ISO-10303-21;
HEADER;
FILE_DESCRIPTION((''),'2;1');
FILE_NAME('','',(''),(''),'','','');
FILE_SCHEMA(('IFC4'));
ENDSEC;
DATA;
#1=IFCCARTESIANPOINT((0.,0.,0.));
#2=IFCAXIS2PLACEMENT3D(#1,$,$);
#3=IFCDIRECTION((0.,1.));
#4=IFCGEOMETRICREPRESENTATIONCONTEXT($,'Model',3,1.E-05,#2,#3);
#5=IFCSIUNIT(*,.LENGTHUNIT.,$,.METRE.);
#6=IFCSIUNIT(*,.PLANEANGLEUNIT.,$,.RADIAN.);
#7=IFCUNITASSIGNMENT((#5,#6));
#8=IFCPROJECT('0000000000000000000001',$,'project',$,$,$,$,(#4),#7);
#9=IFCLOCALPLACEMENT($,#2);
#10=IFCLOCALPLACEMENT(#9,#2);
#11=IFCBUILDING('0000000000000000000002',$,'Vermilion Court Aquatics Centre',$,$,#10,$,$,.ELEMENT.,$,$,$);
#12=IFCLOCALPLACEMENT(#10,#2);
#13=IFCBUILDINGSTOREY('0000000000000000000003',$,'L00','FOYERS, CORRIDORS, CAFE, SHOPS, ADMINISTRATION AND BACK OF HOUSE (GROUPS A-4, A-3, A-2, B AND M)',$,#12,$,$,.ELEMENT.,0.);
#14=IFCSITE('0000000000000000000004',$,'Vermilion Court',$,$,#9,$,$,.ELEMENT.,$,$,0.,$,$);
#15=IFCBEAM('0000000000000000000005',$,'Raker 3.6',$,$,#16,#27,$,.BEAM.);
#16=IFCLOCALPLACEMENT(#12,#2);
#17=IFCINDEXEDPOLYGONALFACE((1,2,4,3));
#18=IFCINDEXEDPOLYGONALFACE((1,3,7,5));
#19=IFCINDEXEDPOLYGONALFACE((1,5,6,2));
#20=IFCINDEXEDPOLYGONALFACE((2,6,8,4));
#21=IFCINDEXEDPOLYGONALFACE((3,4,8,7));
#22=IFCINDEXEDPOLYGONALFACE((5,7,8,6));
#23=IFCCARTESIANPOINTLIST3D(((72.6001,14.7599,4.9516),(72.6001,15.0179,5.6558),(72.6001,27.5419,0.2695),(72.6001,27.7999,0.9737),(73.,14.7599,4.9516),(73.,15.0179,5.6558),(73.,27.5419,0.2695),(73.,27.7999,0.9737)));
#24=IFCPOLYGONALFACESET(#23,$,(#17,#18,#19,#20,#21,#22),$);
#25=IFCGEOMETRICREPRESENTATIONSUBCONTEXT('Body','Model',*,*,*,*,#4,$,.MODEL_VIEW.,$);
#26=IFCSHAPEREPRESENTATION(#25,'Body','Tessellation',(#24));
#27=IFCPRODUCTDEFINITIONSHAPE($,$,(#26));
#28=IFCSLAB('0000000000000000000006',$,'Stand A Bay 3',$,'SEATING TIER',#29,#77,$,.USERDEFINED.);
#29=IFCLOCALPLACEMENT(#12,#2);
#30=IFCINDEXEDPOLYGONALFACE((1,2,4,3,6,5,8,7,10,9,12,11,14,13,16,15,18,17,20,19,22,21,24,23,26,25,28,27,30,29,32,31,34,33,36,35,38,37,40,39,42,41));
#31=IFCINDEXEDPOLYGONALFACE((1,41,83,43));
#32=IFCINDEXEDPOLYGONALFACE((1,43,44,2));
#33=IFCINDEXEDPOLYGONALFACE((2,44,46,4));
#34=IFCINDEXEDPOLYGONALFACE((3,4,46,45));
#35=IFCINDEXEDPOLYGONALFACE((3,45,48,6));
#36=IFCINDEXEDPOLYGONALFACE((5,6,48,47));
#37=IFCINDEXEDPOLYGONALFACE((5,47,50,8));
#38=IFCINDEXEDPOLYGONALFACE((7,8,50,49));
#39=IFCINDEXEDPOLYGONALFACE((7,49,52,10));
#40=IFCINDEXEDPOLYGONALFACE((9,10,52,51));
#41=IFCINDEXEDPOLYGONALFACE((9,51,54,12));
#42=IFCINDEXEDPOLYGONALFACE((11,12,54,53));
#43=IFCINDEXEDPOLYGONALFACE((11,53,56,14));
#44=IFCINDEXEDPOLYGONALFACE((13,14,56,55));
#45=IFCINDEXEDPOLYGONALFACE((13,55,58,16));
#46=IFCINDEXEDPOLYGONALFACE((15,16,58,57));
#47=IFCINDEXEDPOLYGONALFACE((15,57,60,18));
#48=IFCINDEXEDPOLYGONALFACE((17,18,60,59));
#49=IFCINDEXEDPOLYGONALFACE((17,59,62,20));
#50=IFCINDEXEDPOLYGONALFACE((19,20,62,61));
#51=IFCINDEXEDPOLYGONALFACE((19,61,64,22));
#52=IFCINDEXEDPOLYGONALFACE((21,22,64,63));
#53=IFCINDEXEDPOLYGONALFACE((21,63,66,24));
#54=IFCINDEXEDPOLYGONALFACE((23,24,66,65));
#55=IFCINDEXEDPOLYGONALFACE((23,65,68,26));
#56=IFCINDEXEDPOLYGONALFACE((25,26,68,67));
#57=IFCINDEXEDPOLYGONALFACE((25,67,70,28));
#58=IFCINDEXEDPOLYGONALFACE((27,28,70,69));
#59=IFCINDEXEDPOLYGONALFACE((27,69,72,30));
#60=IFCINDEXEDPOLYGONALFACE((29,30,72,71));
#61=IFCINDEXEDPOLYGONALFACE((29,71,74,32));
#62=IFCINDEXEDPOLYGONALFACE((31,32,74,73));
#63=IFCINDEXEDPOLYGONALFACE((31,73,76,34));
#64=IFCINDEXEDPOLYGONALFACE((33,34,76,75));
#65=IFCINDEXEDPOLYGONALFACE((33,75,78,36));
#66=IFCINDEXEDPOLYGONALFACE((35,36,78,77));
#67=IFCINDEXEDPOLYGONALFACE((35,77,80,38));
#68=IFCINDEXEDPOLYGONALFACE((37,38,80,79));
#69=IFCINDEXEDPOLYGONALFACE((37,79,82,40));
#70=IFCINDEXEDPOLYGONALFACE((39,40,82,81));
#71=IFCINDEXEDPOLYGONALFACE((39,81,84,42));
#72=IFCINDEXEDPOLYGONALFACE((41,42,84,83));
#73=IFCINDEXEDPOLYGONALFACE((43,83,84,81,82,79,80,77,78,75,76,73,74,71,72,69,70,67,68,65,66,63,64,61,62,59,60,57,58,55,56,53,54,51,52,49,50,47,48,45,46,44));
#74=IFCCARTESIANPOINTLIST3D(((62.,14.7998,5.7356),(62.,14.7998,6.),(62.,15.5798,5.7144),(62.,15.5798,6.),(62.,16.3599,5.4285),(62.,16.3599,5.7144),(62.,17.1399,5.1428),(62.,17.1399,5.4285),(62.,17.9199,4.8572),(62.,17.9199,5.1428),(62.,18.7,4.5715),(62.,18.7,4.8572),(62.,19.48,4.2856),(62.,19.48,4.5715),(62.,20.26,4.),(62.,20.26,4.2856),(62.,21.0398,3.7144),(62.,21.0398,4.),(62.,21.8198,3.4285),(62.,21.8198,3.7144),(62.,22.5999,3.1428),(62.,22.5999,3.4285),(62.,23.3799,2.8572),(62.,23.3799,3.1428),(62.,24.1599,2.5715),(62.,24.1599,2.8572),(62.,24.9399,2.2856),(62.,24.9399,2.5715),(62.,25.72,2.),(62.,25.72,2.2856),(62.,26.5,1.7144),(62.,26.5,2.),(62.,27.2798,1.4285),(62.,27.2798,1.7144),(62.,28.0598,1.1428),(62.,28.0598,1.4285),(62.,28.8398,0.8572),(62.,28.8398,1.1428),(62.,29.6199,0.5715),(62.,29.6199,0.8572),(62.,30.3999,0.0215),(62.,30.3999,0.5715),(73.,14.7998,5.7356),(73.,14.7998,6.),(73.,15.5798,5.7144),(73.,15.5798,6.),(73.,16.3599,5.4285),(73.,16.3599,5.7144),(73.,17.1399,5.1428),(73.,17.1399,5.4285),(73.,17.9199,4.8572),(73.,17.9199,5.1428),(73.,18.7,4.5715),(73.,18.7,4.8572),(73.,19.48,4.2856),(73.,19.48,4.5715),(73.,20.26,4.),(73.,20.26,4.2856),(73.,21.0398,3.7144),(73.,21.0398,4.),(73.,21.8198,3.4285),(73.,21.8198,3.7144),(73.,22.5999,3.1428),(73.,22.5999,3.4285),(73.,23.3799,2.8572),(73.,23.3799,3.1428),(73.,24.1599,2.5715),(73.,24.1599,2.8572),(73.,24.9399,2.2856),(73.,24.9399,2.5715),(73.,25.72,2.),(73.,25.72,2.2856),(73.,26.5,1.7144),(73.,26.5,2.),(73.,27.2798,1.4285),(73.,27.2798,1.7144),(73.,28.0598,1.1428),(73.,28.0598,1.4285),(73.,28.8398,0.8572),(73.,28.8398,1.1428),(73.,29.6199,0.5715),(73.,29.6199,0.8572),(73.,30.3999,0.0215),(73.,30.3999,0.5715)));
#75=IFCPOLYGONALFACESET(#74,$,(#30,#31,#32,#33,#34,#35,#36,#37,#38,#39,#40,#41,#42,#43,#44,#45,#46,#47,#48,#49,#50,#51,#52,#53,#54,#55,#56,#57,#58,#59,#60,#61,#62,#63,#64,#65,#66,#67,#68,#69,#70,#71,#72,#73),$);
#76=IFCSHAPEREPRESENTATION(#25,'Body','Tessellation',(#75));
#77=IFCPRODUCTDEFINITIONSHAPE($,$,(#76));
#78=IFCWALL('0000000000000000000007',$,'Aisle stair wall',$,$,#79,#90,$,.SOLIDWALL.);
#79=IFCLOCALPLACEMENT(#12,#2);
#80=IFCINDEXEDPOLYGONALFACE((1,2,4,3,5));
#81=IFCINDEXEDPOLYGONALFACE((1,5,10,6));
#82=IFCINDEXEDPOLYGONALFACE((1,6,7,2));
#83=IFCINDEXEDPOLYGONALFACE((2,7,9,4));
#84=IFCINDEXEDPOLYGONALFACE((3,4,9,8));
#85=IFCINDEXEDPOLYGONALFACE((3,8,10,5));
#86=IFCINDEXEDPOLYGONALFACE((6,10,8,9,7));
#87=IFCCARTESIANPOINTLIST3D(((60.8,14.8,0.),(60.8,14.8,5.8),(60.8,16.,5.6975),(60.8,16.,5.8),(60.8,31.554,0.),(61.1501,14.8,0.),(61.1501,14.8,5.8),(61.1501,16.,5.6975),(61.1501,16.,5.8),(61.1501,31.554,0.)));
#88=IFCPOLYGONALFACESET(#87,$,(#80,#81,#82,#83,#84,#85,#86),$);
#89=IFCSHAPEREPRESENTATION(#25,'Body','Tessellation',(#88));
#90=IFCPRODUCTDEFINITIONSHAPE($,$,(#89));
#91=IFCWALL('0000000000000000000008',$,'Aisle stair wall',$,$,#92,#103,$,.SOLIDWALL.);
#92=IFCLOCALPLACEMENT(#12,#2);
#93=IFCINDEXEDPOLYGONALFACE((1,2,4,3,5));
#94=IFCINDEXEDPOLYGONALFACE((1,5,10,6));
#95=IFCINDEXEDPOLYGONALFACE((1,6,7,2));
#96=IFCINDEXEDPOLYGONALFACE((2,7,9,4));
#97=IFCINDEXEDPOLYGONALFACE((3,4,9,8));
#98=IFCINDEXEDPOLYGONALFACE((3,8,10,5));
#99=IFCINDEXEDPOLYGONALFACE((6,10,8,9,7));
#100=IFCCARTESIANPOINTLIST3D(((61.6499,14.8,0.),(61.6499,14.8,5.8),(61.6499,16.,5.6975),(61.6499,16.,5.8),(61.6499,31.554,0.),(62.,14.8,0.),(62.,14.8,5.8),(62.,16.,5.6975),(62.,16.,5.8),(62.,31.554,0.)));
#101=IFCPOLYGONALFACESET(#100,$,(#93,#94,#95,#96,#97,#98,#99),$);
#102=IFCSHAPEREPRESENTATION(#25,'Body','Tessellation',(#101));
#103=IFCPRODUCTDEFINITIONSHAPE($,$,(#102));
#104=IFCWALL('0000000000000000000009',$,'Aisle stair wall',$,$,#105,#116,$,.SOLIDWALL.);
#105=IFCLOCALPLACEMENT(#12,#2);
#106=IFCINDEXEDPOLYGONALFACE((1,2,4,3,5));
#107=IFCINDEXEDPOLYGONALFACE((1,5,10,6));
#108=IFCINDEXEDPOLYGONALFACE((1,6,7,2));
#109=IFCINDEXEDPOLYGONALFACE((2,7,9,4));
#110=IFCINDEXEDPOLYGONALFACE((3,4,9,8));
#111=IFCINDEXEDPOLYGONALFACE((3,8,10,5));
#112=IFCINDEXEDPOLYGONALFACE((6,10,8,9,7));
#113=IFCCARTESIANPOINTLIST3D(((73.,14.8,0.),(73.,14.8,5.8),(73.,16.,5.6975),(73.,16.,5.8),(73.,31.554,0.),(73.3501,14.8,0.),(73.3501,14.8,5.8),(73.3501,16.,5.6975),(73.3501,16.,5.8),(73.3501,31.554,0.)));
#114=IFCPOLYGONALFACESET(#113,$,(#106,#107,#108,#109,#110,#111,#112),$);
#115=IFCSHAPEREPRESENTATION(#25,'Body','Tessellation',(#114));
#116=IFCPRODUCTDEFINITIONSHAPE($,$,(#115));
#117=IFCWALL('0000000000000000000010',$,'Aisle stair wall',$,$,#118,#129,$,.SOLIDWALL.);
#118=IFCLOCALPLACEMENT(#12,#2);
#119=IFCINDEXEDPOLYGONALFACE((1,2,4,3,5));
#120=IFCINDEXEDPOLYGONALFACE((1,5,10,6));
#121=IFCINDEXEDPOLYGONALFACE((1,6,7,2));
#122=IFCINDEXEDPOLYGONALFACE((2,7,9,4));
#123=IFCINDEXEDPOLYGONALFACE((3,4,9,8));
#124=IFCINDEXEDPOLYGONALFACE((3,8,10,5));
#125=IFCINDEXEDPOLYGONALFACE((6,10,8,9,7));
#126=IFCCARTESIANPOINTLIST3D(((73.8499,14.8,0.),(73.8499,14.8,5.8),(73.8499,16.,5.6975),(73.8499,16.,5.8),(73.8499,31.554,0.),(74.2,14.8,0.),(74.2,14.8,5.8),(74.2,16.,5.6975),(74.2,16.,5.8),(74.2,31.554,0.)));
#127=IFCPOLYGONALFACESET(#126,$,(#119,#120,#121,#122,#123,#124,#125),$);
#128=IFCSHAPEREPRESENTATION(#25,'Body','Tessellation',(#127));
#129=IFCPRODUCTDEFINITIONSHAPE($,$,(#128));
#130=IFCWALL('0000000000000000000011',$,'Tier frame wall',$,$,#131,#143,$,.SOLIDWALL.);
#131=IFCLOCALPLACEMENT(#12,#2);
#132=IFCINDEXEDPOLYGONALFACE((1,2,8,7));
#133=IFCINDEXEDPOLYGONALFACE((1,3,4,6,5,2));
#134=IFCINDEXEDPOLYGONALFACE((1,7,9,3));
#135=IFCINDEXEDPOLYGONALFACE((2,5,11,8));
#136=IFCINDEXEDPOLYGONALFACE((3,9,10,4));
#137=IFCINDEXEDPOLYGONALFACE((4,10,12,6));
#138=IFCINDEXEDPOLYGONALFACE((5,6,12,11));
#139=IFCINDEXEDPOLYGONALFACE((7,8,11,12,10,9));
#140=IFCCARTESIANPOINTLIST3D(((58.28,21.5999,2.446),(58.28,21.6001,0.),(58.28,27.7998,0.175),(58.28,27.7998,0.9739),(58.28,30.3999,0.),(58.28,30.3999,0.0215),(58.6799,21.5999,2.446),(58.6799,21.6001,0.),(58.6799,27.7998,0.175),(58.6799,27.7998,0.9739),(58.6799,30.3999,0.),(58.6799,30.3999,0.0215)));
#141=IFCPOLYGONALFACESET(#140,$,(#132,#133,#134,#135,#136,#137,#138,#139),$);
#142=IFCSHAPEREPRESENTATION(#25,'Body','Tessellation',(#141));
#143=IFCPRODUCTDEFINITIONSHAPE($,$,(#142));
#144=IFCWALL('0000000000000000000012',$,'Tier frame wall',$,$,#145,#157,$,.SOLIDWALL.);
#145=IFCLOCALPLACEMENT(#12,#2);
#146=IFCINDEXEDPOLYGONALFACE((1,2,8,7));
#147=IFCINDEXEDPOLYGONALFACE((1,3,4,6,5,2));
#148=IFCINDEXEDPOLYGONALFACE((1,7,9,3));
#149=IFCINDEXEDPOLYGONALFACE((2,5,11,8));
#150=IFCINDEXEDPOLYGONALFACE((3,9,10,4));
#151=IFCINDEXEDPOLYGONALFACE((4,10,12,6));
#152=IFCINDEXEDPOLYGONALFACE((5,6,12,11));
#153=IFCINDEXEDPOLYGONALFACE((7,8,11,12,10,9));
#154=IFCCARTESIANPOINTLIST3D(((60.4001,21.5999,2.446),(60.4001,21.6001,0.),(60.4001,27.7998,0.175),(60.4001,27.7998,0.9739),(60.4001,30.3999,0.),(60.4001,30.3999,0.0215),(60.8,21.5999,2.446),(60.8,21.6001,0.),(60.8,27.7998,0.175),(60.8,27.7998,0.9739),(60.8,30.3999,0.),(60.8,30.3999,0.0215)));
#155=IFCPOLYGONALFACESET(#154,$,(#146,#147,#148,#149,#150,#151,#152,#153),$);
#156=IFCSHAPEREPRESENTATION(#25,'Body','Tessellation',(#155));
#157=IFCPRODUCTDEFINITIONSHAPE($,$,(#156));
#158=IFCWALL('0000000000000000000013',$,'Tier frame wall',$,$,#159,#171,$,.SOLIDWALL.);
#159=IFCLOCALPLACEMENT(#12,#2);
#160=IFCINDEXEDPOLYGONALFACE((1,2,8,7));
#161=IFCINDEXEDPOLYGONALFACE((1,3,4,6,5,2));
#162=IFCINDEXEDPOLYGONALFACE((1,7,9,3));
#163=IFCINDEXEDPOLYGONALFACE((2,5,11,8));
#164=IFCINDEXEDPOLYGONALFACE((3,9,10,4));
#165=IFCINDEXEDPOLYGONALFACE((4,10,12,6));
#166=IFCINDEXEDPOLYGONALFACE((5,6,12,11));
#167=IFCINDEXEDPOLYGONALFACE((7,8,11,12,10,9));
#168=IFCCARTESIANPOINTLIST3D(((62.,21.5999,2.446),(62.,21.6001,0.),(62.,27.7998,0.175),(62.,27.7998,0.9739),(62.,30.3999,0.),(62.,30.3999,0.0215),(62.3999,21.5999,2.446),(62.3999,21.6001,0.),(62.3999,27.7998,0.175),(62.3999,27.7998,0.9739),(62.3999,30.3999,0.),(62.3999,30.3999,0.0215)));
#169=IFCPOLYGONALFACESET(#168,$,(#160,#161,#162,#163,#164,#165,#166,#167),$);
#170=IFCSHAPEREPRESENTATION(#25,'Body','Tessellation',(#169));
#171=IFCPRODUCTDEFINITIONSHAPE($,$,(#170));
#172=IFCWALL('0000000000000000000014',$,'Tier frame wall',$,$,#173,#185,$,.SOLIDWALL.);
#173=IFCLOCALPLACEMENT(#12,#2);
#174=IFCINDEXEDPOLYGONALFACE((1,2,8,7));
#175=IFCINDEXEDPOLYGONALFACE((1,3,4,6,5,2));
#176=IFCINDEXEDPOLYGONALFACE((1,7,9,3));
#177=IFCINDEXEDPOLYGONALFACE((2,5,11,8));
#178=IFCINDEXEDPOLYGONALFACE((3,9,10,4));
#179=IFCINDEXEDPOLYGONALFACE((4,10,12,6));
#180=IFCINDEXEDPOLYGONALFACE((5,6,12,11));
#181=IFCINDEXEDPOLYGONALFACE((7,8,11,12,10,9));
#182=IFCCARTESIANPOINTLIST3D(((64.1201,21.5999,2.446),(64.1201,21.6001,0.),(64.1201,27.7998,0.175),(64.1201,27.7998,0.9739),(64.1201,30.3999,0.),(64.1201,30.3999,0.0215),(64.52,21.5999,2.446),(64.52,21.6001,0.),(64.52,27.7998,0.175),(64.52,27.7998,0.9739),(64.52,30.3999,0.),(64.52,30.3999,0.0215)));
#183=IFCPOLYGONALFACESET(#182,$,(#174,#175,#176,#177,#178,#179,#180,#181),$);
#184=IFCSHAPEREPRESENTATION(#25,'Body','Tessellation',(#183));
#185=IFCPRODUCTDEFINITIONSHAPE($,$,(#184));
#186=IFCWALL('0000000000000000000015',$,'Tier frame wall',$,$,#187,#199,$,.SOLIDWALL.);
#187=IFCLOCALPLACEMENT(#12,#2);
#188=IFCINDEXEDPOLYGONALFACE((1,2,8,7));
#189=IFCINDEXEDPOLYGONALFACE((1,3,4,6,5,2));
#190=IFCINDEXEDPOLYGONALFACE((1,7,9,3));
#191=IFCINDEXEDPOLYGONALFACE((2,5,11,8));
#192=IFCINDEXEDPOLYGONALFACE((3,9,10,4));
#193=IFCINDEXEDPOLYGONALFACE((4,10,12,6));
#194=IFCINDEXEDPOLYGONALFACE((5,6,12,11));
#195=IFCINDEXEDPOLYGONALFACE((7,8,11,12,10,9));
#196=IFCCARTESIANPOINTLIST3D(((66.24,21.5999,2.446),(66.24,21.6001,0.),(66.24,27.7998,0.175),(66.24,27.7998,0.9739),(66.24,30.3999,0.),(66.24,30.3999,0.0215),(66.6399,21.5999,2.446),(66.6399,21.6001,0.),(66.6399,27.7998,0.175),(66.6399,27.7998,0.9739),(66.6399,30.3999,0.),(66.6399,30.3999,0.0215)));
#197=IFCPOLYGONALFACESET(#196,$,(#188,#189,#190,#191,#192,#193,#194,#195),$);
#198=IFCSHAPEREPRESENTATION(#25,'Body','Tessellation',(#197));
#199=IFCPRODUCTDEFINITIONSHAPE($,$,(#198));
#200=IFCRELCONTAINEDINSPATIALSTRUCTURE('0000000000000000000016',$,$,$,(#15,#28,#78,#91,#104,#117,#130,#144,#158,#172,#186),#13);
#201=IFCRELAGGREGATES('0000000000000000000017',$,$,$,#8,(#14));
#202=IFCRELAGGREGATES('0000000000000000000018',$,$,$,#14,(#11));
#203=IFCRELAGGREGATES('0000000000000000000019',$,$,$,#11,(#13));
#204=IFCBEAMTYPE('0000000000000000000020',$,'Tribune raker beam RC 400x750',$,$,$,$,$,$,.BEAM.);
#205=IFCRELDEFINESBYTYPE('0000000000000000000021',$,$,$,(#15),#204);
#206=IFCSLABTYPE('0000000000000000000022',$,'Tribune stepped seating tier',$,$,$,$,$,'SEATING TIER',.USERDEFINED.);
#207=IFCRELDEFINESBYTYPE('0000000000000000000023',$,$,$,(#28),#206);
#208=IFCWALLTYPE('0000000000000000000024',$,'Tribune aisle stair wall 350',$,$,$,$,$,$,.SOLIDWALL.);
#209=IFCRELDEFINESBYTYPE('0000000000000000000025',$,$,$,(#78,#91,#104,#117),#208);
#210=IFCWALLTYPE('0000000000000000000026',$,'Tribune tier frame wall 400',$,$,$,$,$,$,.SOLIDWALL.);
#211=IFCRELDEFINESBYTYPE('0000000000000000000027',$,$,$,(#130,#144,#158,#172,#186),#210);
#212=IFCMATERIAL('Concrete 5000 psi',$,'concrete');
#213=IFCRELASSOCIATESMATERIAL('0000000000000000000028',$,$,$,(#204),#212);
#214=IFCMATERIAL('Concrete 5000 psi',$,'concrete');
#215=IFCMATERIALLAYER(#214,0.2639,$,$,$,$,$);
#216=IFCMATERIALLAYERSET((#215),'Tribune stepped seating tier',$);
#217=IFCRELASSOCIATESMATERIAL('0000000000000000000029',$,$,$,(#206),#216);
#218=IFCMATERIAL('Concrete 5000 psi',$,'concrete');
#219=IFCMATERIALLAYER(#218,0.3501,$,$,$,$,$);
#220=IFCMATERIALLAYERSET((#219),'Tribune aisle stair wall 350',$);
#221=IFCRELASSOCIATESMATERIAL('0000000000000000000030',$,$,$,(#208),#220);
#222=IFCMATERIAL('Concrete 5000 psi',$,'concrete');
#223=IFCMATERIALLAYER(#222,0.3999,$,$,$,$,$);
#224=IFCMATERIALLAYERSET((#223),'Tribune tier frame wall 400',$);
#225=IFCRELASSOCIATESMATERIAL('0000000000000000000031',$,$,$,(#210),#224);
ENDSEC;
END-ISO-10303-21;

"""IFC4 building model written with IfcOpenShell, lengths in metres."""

from ifc_helpers import new_model, si_unit, direction, frame, origin, origin_2d, place, context, subcontext, project, spatial, polyline, rectangle, outline, extrude, material, layer, layer_set, material_profile, profile_set, type_object, element, save


model = new_model("IFC4")

# Units and contexts
model_context = context("Model", 3, precision=1e-05, world=origin(), true_north=direction((0.0, 1.0)))
body_context = subcontext(model_context, "Body", "Model", "MODEL_VIEW")
ifc_project = project(units=[si_unit("LENGTHUNIT", "METRE"), si_unit("PLANEANGLEUNIT", "RADIAN")], contexts=[model_context])

# Site, building, storey
site_placement = place(None, origin())
site = spatial("IfcSite", under=ifc_project, at=site_placement, Name="Vermilion Court", CompositionType="ELEMENT", RefElevation=0.0)
building_placement = place(site_placement, origin())
building = spatial("IfcBuilding", under=site, at=building_placement, Name="Vermilion Court Aquatics Centre", CompositionType="ELEMENT")
storey_placement = place(building_placement, origin())
storey = spatial("IfcBuildingStorey", under=building, at=storey_placement, Name="L00", Description="FOYERS, CORRIDORS, CAFE, SHOPS, ADMINISTRATION AND BACK OF HOUSE (GROUPS A-4, A-3, A-2, B AND M)", CompositionType="ELEMENT", Elevation=0.0)

# Beam
ifc_material_1 = material(Name="Concrete 5000 psi", Category="concrete")
ifc_material_profile = material_profile(ifc_material_1, rectangle(XDim=0.3999, YDim=0.75, at=origin_2d()), Name="RC 400x750")
ifc_profile_set = profile_set([ifc_material_profile], Name="Concrete 5000 psi")
beam_type = type_object("IfcBeamType", Name="Tribune raker beam RC 400x750", PredefinedType="BEAM", material=ifc_profile_set)
beam_placement = place(storey_placement, frame((72.8, 27.6709, 0.6216), z_axis=(0.0, -0.938985, 0.343957), x_axis=(1.0, 0.0, 0.0)))
element("IfcBeam", 1, at=beam_placement, inside=storey, type_object=beam_type, Name="Raker 3.6", PredefinedType="BEAM", context=body_context, shape_type="SweptSolid", body=[
    extrude(rectangle(XDim=0.3999, YDim=0.75, at=origin_2d()), origin(), (0.0, 0.0, 1.0), 13.6125),
])

# Slab
ifc_material_2 = material(Name="Concrete 5000 psi", Category="concrete")
ifc_layer_1 = layer(ifc_material_2, 0.2639)
ifc_layer_set_1 = layer_set([ifc_layer_1], Name="Tribune stepped seating tier")
slab_type = type_object("IfcSlabType", Name="Tribune stepped seating tier", ElementType="SEATING TIER", PredefinedType="USERDEFINED", material=ifc_layer_set_1)
slab_placement = place(storey_placement, frame((67.5, 30.3999, 0.0215), z_axis=(0.0, 0.0, 1.0), x_axis=(0.0, -1.0, 0.0)))
element("IfcSlab", 2, at=slab_placement, inside=storey, type_object=slab_type, Name="Stand A Bay 3", ObjectType="SEATING TIER", PredefinedType="USERDEFINED", context=body_context, shape_type="SweptSolid", body=[
    extrude(outline(polyline([(0.0, 0.0), (15.6001, 5.7141), (15.6001, 5.9785), (14.8201, 5.9785), (14.8201, 5.6929), (14.04, 5.6929), (14.04, 5.407), (13.26, 5.407), (13.26, 5.1213), (12.48, 5.1213), (12.48, 4.8357), (11.7, 4.8357), (11.7, 4.55), (10.9199, 4.55), (10.9199, 4.2642), (10.1399, 4.2642), (10.1399, 3.9785), (9.3601, 3.9785), (9.3601, 3.6929), (8.5801, 3.6929), (8.5801, 3.407), (7.8, 3.407), (7.8, 3.1213), (7.02, 3.1213), (7.02, 2.8357), (6.24, 2.8357), (6.24, 2.55), (5.46, 2.55), (5.46, 2.2642), (4.6799, 2.2642), (4.6799, 1.9785), (3.8999, 1.9785), (3.8999, 1.6929), (3.1201, 1.6929), (3.1201, 1.407), (2.3401, 1.407), (2.3401, 1.1213), (1.5601, 1.1213), (1.5601, 0.8357), (0.78, 0.8357), (0.78, 0.55), (0.0, 0.55), (0.0, 0.0)])), frame((0.0, 5.5, 0.0), z_axis=(0.0, -1.0, 0.0), x_axis=(1.0, 0.0, 0.0)), (0.0, 0.0, 1.0), 11.0),
])

# Walls
ifc_material_3 = material(Name="Concrete 5000 psi", Category="concrete")
ifc_layer_2 = layer(ifc_material_3, 0.3501)
ifc_layer_set_2 = layer_set([ifc_layer_2], Name="Tribune aisle stair wall 350")
wall_type_1 = type_object("IfcWallType", Name="Tribune aisle stair wall 350", PredefinedType="SOLIDWALL", material=ifc_layer_set_2)
for number, where, z_axis, x_axis, name in (
    (3, (60.9751, 31.554, 0.0), (0.0, 0.0, 1.0), (0.0, -1.0, 0.0), "Aisle stair wall"),
    (4, (61.825, 31.554, 0.0), (0.0, 0.0, 1.0), (0.0, -1.0, 0.0), "Aisle stair wall"),
    (5, (73.175, 31.554, 0.0), (0.0, 0.0, 1.0), (0.0, -1.0, 0.0), "Aisle stair wall"),
    (6, (74.0249, 31.554, 0.0), (0.0, 0.0, 1.0), (0.0, -1.0, 0.0), "Aisle stair wall"),
):
    element("IfcWall", number, at=place(storey_placement, frame(where, z_axis=z_axis, x_axis=x_axis)), inside=storey, type_object=wall_type_1, Name=name, PredefinedType="SOLIDWALL", context=body_context, shape_type="SweptSolid", body=[
        extrude(outline(polyline([(0.0, 0.0), (16.7539, 0.0), (16.7539, 5.8), (15.554, 5.8), (15.554, 5.6975), (0.0, 0.0), (0.0, 0.0)])), frame((0.0, 0.175, 0.0), z_axis=(0.0, -1.0, 0.0), x_axis=(1.0, 0.0, 0.0)), (0.0, 0.0, 1.0), 0.3501),
    ])
ifc_material_4 = material(Name="Concrete 5000 psi", Category="concrete")
ifc_layer_3 = layer(ifc_material_4, 0.3999)
ifc_layer_set_3 = layer_set([ifc_layer_3], Name="Tribune tier frame wall 400")
wall_type_2 = type_object("IfcWallType", Name="Tribune tier frame wall 400", PredefinedType="SOLIDWALL", material=ifc_layer_set_3)
for number, where, z_axis, x_axis, name in (
    (7, (58.48, 30.3999, 0.0), (0.0, 0.0, 1.0), (0.0, -1.0, 0.0), "Tier frame wall"),
    (8, (60.6001, 30.3999, 0.0), (0.0, 0.0, 1.0), (0.0, -1.0, 0.0), "Tier frame wall"),
    (9, (62.2, 30.3999, 0.0), (0.0, 0.0, 1.0), (0.0, -1.0, 0.0), "Tier frame wall"),
    (10, (64.3201, 30.3999, 0.0), (0.0, 0.0, 1.0), (0.0, -1.0, 0.0), "Tier frame wall"),
    (11, (66.4399, 30.3999, 0.0), (0.0, 0.0, 1.0), (0.0, -1.0, 0.0), "Tier frame wall"),
):
    element("IfcWall", number, at=place(storey_placement, frame(where, z_axis=z_axis, x_axis=x_axis)), inside=storey, type_object=wall_type_2, Name=name, PredefinedType="SOLIDWALL", context=body_context, shape_type="SweptSolid", body=[
        extrude(outline(polyline([(0.0, 0.0), (8.7998, 0.0), (8.8, 2.446), (2.6001, 0.175), (2.6001, 0.9739), (0.0, 0.0215), (0.0, 0.0)])), frame((0.0, 0.2, 0.0), z_axis=(0.0, -1.0, 0.0), x_axis=(1.0, 0.0, 0.0)), (0.0, 0.0, 1.0), 0.3999),
    ])

save(model, "model.ifc")
